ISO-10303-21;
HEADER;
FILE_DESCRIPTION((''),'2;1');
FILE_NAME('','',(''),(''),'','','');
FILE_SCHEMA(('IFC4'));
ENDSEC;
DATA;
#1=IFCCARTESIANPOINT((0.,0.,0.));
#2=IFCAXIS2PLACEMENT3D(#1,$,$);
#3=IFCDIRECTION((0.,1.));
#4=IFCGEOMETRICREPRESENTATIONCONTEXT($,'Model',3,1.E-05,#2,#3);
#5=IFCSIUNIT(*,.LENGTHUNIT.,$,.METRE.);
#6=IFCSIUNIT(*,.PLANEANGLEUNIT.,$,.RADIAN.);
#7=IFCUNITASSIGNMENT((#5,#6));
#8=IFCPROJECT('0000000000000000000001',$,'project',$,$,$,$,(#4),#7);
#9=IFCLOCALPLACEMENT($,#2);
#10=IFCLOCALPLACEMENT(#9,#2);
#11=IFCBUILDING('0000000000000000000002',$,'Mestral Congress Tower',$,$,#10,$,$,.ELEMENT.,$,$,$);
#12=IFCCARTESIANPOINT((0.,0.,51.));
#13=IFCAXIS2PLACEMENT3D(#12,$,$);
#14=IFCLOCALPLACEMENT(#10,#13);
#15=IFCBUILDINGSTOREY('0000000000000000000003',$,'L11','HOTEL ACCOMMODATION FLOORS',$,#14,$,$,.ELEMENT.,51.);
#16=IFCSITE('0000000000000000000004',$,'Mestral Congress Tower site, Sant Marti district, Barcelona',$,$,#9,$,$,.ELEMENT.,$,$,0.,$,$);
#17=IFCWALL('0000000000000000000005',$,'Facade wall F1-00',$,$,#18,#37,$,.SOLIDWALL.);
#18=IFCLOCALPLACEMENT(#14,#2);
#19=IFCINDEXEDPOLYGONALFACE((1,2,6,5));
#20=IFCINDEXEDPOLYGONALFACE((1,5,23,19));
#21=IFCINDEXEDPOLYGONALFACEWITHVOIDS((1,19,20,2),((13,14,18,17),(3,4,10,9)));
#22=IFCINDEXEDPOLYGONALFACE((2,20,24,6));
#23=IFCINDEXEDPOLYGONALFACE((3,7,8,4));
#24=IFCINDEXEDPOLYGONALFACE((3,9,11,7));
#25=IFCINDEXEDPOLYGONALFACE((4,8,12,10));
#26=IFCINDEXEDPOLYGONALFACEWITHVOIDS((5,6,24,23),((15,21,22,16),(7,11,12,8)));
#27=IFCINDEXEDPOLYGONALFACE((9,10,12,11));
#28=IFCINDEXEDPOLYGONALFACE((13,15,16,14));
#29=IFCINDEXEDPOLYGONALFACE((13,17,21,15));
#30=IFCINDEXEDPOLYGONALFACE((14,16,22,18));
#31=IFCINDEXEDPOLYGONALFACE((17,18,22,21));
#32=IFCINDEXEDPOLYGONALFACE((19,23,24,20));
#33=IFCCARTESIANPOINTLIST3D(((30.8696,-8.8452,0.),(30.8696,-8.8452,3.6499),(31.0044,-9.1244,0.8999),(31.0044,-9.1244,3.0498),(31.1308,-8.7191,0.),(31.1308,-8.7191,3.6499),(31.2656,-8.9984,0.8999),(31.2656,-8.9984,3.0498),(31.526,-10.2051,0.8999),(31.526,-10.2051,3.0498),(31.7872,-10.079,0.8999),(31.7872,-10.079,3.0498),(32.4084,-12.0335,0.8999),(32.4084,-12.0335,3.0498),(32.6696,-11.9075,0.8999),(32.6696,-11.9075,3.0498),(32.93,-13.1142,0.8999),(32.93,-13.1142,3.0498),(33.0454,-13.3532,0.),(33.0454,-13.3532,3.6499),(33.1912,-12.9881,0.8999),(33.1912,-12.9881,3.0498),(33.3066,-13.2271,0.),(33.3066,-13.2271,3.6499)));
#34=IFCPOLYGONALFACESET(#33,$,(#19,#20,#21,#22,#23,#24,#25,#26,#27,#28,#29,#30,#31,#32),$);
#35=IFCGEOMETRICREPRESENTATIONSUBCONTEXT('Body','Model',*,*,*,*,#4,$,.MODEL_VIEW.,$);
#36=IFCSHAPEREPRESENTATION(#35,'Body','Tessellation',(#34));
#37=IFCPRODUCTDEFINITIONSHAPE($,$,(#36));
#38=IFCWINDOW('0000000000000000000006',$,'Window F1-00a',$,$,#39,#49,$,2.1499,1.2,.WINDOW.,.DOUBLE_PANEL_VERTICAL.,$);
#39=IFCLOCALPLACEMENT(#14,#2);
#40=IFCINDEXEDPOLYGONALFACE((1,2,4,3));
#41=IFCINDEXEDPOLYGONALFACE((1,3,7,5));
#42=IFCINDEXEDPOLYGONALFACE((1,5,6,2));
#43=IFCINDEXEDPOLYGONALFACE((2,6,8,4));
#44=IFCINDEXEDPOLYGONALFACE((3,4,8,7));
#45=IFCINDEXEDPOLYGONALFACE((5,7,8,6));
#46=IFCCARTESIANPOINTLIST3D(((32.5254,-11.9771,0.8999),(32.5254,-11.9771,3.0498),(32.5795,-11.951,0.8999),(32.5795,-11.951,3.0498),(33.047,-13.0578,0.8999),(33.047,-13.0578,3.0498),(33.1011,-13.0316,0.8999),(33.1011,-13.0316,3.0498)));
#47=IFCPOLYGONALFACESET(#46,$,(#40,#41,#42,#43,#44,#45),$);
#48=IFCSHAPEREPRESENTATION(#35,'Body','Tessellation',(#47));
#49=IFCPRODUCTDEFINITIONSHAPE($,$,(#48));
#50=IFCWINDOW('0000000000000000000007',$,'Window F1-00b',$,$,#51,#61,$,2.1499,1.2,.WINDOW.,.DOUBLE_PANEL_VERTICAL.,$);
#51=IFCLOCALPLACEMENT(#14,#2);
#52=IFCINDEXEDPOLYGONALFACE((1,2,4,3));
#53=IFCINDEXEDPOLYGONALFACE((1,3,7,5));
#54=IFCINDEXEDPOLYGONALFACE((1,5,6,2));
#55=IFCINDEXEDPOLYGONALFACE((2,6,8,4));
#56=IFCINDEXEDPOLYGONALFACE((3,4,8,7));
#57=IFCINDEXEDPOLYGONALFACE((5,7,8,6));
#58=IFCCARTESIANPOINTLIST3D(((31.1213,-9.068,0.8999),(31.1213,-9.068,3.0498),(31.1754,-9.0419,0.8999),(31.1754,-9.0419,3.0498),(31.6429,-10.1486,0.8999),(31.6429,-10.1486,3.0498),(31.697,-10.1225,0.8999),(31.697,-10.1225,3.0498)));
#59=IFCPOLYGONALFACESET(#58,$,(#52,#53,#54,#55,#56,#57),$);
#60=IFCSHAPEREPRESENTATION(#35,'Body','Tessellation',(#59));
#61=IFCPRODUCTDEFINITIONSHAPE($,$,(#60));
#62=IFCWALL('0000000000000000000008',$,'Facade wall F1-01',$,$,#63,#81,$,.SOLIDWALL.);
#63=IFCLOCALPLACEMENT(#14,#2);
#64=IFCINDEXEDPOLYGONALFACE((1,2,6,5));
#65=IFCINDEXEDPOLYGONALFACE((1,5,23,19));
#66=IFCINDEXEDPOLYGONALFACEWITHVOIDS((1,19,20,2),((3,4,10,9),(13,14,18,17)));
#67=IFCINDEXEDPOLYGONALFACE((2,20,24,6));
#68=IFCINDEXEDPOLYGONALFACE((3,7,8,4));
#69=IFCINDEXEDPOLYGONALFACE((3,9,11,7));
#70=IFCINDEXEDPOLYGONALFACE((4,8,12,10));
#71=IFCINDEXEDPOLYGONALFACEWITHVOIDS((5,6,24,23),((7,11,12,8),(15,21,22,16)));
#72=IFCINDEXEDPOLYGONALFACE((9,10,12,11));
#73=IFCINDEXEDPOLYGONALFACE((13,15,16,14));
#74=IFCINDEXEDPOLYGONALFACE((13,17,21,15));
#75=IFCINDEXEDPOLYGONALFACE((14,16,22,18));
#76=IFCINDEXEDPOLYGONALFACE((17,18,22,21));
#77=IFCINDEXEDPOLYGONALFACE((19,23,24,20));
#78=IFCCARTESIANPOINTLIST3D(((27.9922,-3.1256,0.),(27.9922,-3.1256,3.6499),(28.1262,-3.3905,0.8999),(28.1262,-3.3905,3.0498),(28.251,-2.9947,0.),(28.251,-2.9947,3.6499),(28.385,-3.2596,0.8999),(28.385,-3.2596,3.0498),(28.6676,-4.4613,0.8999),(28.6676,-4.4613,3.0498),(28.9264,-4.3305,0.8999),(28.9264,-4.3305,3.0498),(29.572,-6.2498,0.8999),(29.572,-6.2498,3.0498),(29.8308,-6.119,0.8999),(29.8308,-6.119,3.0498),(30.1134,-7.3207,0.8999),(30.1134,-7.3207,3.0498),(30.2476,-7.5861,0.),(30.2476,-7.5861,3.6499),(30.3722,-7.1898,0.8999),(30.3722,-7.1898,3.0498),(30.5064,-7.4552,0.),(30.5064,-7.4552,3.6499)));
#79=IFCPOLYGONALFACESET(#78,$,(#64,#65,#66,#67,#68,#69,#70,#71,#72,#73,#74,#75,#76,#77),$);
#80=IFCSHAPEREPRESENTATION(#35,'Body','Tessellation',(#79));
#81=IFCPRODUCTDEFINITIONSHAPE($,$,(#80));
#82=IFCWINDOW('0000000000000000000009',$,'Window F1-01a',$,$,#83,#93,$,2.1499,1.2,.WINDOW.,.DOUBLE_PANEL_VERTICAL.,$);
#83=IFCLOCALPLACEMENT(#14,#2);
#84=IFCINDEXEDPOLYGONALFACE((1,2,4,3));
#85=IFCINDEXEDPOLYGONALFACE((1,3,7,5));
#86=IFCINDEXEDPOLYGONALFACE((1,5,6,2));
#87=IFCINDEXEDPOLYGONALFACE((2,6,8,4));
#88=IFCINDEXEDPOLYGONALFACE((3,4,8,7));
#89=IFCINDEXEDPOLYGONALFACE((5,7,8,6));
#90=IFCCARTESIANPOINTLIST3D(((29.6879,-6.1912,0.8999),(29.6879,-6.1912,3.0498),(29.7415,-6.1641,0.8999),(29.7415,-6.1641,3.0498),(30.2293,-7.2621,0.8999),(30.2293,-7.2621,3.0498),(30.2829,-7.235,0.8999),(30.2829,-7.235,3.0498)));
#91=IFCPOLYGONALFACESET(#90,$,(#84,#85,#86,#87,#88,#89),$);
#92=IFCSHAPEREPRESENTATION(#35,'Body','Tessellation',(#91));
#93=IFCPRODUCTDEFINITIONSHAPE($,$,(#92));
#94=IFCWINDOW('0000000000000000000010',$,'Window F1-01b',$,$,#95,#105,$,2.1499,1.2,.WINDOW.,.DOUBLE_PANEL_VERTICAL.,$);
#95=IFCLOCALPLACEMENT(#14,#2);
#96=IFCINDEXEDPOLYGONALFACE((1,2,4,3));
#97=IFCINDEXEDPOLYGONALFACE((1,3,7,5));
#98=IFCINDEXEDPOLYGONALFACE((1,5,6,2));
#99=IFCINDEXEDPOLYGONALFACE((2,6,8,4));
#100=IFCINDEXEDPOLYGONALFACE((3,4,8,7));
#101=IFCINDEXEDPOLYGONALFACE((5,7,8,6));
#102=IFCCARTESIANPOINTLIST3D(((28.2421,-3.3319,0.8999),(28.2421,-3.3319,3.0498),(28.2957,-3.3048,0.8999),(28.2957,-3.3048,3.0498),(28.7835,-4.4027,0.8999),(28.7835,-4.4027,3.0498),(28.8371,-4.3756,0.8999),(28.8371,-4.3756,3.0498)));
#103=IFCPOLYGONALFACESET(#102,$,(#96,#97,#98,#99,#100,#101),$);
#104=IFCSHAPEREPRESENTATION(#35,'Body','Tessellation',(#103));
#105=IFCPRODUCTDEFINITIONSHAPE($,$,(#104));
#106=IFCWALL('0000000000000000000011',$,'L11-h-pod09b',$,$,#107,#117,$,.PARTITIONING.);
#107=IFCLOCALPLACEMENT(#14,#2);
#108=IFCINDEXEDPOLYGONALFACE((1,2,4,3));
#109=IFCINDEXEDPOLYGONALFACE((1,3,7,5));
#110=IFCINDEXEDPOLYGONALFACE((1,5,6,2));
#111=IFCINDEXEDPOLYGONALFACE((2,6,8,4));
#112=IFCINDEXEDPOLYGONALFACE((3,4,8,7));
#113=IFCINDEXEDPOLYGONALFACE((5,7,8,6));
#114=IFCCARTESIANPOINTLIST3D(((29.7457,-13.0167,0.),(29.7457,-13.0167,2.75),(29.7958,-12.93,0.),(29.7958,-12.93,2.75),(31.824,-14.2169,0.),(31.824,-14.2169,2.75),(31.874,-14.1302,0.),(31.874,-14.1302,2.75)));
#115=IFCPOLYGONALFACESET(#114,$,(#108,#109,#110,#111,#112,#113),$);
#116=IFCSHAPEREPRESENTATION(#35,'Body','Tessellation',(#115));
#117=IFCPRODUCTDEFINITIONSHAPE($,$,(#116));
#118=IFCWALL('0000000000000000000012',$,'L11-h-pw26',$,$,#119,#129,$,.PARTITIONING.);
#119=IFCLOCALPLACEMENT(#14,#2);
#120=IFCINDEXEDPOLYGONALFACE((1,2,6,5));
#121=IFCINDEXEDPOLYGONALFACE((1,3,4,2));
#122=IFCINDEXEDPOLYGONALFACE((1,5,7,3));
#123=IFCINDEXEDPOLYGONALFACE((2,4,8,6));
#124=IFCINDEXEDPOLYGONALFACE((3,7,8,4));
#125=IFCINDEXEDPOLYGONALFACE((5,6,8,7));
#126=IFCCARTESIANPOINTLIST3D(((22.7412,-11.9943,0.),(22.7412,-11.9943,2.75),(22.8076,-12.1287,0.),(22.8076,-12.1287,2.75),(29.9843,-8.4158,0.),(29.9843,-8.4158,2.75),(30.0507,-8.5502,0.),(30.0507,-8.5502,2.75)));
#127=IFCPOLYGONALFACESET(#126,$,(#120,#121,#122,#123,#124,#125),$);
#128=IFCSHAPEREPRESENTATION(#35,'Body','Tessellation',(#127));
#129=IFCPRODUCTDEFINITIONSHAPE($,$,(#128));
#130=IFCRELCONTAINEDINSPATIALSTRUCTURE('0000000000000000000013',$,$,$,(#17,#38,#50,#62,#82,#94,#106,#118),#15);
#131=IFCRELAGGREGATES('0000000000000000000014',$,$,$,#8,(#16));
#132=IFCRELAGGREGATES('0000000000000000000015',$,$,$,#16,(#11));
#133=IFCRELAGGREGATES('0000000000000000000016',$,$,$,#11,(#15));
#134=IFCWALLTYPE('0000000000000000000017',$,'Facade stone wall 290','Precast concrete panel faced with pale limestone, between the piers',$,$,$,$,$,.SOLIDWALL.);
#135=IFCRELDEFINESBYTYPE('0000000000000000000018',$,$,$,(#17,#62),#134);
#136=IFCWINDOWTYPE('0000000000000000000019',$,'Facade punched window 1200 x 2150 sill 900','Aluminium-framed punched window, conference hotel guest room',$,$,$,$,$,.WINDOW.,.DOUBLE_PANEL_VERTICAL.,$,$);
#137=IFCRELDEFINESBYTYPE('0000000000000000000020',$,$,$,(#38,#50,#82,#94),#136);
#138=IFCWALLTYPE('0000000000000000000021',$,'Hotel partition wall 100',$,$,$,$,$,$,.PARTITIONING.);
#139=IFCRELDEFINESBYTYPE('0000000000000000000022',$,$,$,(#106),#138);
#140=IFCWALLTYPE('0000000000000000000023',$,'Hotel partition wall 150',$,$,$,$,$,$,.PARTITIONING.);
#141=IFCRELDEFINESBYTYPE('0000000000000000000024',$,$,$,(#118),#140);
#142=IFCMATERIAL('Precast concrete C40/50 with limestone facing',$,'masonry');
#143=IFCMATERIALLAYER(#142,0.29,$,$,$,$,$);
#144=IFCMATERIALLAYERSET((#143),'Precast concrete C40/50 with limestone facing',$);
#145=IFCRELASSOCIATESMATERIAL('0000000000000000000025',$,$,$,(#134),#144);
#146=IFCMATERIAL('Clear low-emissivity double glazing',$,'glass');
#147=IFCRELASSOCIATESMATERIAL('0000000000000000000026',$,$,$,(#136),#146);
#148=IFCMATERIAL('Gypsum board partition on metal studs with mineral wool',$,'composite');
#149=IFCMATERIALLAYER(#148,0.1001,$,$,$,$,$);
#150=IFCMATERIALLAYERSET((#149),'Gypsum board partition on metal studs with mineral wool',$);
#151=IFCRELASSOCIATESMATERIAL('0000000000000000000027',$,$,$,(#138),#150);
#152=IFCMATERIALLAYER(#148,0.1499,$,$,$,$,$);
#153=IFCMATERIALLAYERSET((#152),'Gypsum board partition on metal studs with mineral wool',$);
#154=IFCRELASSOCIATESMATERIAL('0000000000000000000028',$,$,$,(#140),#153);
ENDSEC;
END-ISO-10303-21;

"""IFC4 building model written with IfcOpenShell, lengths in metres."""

from ifc_helpers import new_model, si_unit, direction, frame, frame_2d, origin, place, context, subcontext, project, spatial, rectangle, extrude, material, layer, layer_set, type_object, element, fill, save


model = new_model("IFC4")

# Units and contexts
model_context = context("Model", 3, precision=1e-05, world=origin(), true_north=direction((0.0, 1.0)))
body_context = subcontext(model_context, "Body", "Model", "MODEL_VIEW")
ifc_project = project(units=[si_unit("LENGTHUNIT", "METRE"), si_unit("PLANEANGLEUNIT", "RADIAN")], contexts=[model_context])

# Site, building, storey
site_placement = place(None, origin())
site = spatial("IfcSite", under=ifc_project, at=site_placement, Name="Mestral Congress Tower site, Sant Marti district, Barcelona", CompositionType="ELEMENT", RefElevation=0.0)
building_placement = place(site_placement, origin())
building = spatial("IfcBuilding", under=site, at=building_placement, Name="Mestral Congress Tower", CompositionType="ELEMENT")
storey_placement = place(building_placement, frame((0.0, 0.0, 51.0)))
storey = spatial("IfcBuildingStorey", under=building, at=storey_placement, Name="L11", Description="HOTEL ACCOMMODATION FLOORS", CompositionType="ELEMENT", Elevation=51.0)

# Shared definitions
ifc_material_1 = material(Name="Precast concrete C40/50 with limestone facing", Category="masonry")
ifc_layer_1 = layer(ifc_material_1, 0.29)
ifc_layer_set_1 = layer_set([ifc_layer_1], Name="Precast concrete C40/50 with limestone facing")
wall_type_1 = type_object("IfcWallType", Name="Facade stone wall 290", Description="Precast concrete panel faced with pale limestone, between the piers", PredefinedType="SOLIDWALL", material=ifc_layer_set_1)
ifc_material_2 = material(Name="Clear low-emissivity double glazing", Category="glass")

# Walls, openings, windows
wall_1_placement = place(storey_placement, frame((33.176, -13.2903, 0.0), z_axis=(0.0, 0.0, 1.0), x_axis=(-0.434664, 0.900592, 0.0)))
wall_1 = element("IfcWall", 1, at=wall_1_placement, inside=storey, type_object=wall_type_1, Name="Facade wall F1-00", PredefinedType="SOLIDWALL", context=body_context, shape_type="SweptSolid", body=[
    extrude(rectangle(XDim=5.0056, YDim=0.29, at=frame_2d((2.5029, 0.0))), origin(), (0.0, 0.0, 1.0), 3.6499),
])
opening_1_placement = place(wall_1_placement, frame((0.2654, 0.0, 0.8999)))
opening_1 = element("IfcOpeningElement", 2, at=opening_1_placement, cuts=wall_1, PredefinedType="OPENING", context=body_context, shape_type="SweptSolid", body=[
    extrude(rectangle(XDim=1.2, YDim=2.1499, at=frame_2d((0.6001, 1.075))), frame((0.0, 0.155, 0.0), z_axis=(0.0, -1.0, 0.0), x_axis=(1.0, 0.0, 0.0)), (0.0, 0.0, 1.0), 0.3101),
])
opening_2_placement = place(wall_1_placement, frame((3.4956, 0.0, 0.8999)))
opening_2 = element("IfcOpeningElement", 3, at=opening_2_placement, cuts=wall_1, PredefinedType="OPENING", context=body_context, shape_type="SweptSolid", body=[
    extrude(rectangle(XDim=1.2, YDim=2.1499, at=frame_2d((0.6001, 1.075))), frame((0.0, 0.155, 0.0), z_axis=(0.0, -1.0, 0.0), x_axis=(1.0, 0.0, 0.0)), (0.0, 0.0, 1.0), 0.3101),
])
window_type_1 = type_object("IfcWindowType", Name="Facade punched window 1200 x 2150 sill 900", Description="Aluminium-framed punched window, conference hotel guest room", PartitioningType="DOUBLE_PANEL_VERTICAL", PredefinedType="WINDOW", material=ifc_material_2)
window_1_placement = place(opening_1_placement, origin())
window_1 = element("IfcWindow", 4, at=window_1_placement, inside=storey, type_object=window_type_1, Name="Window F1-00a", OverallHeight=2.1499, OverallWidth=1.2, PartitioningType="DOUBLE_PANEL_VERTICAL", PredefinedType="WINDOW", context=body_context, shape_type="SweptSolid", body=[
    extrude(rectangle(XDim=1.2, YDim=2.1499, at=frame_2d((0.6001, 1.075))), frame((0.0, 0.0151, 0.0), z_axis=(0.0, -1.0, 0.0), x_axis=(1.0, 0.0, 0.0)), (0.0, 0.0, 1.0), 0.0601),
])
fill(opening_1, window_1)
window_2_placement = place(opening_2_placement, origin())
window_2 = element("IfcWindow", 5, at=window_2_placement, inside=storey, type_object=window_type_1, Name="Window F1-00b", OverallHeight=2.1499, OverallWidth=1.2, PartitioningType="DOUBLE_PANEL_VERTICAL", PredefinedType="WINDOW", context=body_context, shape_type="SweptSolid", body=[
    extrude(rectangle(XDim=1.2, YDim=2.1499, at=frame_2d((0.6001, 1.075))), frame((0.0, 0.0151, 0.0), z_axis=(0.0, -1.0, 0.0), x_axis=(1.0, 0.0, 0.0)), (0.0, 0.0, 1.0), 0.0601),
])
fill(opening_2, window_2)
wall_2_placement = place(storey_placement, frame((30.377, -7.5205, 0.0), z_axis=(0.0, 0.0, 1.0), x_axis=(-0.451234, 0.892406, 0.0)))
wall_2 = element("IfcWall", 6, at=wall_2_placement, inside=storey, type_object=wall_type_1, Name="Facade wall F1-01", PredefinedType="SOLIDWALL", context=body_context, shape_type="SweptSolid", body=[
    extrude(rectangle(XDim=4.9983, YDim=0.29, at=frame_2d((2.499, 0.0))), origin(), (0.0, 0.0, 1.0), 3.6499),
])
opening_3_placement = place(wall_2_placement, frame((0.2971, 0.0, 0.8999)))
opening_3 = element("IfcOpeningElement", 7, at=opening_3_placement, cuts=wall_2, PredefinedType="OPENING", context=body_context, shape_type="SweptSolid", body=[
    extrude(rectangle(XDim=1.2, YDim=2.1499, at=frame_2d((0.6001, 1.075))), frame((0.0, 0.155, 0.0), z_axis=(0.0, -1.0, 0.0), x_axis=(1.0, 0.0, 0.0)), (0.0, 0.0, 1.0), 0.3101),
])
opening_4_placement = place(wall_2_placement, frame((3.5012, 0.0, 0.8999)))
opening_4 = element("IfcOpeningElement", 8, at=opening_4_placement, cuts=wall_2, PredefinedType="OPENING", context=body_context, shape_type="SweptSolid", body=[
    extrude(rectangle(XDim=1.2, YDim=2.1499, at=frame_2d((0.6001, 1.075))), frame((0.0, 0.155, 0.0), z_axis=(0.0, -1.0, 0.0), x_axis=(1.0, 0.0, 0.0)), (0.0, 0.0, 1.0), 0.3101),
])
window_3_placement = place(opening_3_placement, origin())
window_3 = element("IfcWindow", 9, at=window_3_placement, inside=storey, type_object=window_type_1, Name="Window F1-01a", OverallHeight=2.1499, OverallWidth=1.2, PartitioningType="DOUBLE_PANEL_VERTICAL", PredefinedType="WINDOW", context=body_context, shape_type="SweptSolid", body=[
    extrude(rectangle(XDim=1.2, YDim=2.1499, at=frame_2d((0.6001, 1.075))), frame((0.0, 0.0151, 0.0), z_axis=(0.0, -1.0, 0.0), x_axis=(1.0, 0.0, 0.0)), (0.0, 0.0, 1.0), 0.0601),
])
fill(opening_3, window_3)
window_4_placement = place(opening_4_placement, origin())
window_4 = element("IfcWindow", 10, at=window_4_placement, inside=storey, type_object=window_type_1, Name="Window F1-01b", OverallHeight=2.1499, OverallWidth=1.2, PartitioningType="DOUBLE_PANEL_VERTICAL", PredefinedType="WINDOW", context=body_context, shape_type="SweptSolid", body=[
    extrude(rectangle(XDim=1.2, YDim=2.1499, at=frame_2d((0.6001, 1.075))), frame((0.0, 0.0151, 0.0), z_axis=(0.0, -1.0, 0.0), x_axis=(1.0, 0.0, 0.0)), (0.0, 0.0, 1.0), 0.0601),
])
fill(opening_4, window_4)

# Walls
ifc_material_3 = material(Name="Gypsum board partition on metal studs with mineral wool", Category="composite")
ifc_layer_2 = layer(ifc_material_3, 0.1001)
ifc_layer_set_2 = layer_set([ifc_layer_2], Name="Gypsum board partition on metal studs with mineral wool")
wall_type_2 = type_object("IfcWallType", Name="Hotel partition wall 100", PredefinedType="PARTITIONING", material=ifc_layer_set_2)
wall_3_placement = place(storey_placement, frame((29.7708, -12.9734, 0.0), z_axis=(0.0, 0.0, 1.0), x_axis=(0.865981, -0.500078, 0.0)))
element("IfcWall", 11, at=wall_3_placement, inside=storey, type_object=wall_type_2, Name="L11-h-pod09b", PredefinedType="PARTITIONING", context=body_context, shape_type="SweptSolid", body=[
    extrude(rectangle(XDim=2.3999, YDim=0.1001, at=frame_2d((1.2, 0.0))), origin(), (0.0, 0.0, 1.0), 2.75),
])
ifc_layer_3 = layer(ifc_material_3, 0.1499)
ifc_layer_set_3 = layer_set([ifc_layer_3], Name="Gypsum board partition on metal studs with mineral wool")
wall_type_3 = type_object("IfcWallType", Name="Hotel partition wall 150", PredefinedType="PARTITIONING", material=ifc_layer_set_3)
wall_4_placement = place(storey_placement, frame((30.0176, -8.4829, 0.0), z_axis=(0.0, 0.0, 1.0), x_axis=(-0.896545, -0.442954, 0.0)))
element("IfcWall", 12, at=wall_4_placement, inside=storey, type_object=wall_type_3, Name="L11-h-pw26", PredefinedType="PARTITIONING", context=body_context, shape_type="SweptSolid", body=[
    extrude(rectangle(XDim=8.0789, YDim=0.1499, at=frame_2d((4.0396, 0.0))), origin(), (0.0, 0.0, 1.0), 2.75),
])

save(model, "model.ifc")
